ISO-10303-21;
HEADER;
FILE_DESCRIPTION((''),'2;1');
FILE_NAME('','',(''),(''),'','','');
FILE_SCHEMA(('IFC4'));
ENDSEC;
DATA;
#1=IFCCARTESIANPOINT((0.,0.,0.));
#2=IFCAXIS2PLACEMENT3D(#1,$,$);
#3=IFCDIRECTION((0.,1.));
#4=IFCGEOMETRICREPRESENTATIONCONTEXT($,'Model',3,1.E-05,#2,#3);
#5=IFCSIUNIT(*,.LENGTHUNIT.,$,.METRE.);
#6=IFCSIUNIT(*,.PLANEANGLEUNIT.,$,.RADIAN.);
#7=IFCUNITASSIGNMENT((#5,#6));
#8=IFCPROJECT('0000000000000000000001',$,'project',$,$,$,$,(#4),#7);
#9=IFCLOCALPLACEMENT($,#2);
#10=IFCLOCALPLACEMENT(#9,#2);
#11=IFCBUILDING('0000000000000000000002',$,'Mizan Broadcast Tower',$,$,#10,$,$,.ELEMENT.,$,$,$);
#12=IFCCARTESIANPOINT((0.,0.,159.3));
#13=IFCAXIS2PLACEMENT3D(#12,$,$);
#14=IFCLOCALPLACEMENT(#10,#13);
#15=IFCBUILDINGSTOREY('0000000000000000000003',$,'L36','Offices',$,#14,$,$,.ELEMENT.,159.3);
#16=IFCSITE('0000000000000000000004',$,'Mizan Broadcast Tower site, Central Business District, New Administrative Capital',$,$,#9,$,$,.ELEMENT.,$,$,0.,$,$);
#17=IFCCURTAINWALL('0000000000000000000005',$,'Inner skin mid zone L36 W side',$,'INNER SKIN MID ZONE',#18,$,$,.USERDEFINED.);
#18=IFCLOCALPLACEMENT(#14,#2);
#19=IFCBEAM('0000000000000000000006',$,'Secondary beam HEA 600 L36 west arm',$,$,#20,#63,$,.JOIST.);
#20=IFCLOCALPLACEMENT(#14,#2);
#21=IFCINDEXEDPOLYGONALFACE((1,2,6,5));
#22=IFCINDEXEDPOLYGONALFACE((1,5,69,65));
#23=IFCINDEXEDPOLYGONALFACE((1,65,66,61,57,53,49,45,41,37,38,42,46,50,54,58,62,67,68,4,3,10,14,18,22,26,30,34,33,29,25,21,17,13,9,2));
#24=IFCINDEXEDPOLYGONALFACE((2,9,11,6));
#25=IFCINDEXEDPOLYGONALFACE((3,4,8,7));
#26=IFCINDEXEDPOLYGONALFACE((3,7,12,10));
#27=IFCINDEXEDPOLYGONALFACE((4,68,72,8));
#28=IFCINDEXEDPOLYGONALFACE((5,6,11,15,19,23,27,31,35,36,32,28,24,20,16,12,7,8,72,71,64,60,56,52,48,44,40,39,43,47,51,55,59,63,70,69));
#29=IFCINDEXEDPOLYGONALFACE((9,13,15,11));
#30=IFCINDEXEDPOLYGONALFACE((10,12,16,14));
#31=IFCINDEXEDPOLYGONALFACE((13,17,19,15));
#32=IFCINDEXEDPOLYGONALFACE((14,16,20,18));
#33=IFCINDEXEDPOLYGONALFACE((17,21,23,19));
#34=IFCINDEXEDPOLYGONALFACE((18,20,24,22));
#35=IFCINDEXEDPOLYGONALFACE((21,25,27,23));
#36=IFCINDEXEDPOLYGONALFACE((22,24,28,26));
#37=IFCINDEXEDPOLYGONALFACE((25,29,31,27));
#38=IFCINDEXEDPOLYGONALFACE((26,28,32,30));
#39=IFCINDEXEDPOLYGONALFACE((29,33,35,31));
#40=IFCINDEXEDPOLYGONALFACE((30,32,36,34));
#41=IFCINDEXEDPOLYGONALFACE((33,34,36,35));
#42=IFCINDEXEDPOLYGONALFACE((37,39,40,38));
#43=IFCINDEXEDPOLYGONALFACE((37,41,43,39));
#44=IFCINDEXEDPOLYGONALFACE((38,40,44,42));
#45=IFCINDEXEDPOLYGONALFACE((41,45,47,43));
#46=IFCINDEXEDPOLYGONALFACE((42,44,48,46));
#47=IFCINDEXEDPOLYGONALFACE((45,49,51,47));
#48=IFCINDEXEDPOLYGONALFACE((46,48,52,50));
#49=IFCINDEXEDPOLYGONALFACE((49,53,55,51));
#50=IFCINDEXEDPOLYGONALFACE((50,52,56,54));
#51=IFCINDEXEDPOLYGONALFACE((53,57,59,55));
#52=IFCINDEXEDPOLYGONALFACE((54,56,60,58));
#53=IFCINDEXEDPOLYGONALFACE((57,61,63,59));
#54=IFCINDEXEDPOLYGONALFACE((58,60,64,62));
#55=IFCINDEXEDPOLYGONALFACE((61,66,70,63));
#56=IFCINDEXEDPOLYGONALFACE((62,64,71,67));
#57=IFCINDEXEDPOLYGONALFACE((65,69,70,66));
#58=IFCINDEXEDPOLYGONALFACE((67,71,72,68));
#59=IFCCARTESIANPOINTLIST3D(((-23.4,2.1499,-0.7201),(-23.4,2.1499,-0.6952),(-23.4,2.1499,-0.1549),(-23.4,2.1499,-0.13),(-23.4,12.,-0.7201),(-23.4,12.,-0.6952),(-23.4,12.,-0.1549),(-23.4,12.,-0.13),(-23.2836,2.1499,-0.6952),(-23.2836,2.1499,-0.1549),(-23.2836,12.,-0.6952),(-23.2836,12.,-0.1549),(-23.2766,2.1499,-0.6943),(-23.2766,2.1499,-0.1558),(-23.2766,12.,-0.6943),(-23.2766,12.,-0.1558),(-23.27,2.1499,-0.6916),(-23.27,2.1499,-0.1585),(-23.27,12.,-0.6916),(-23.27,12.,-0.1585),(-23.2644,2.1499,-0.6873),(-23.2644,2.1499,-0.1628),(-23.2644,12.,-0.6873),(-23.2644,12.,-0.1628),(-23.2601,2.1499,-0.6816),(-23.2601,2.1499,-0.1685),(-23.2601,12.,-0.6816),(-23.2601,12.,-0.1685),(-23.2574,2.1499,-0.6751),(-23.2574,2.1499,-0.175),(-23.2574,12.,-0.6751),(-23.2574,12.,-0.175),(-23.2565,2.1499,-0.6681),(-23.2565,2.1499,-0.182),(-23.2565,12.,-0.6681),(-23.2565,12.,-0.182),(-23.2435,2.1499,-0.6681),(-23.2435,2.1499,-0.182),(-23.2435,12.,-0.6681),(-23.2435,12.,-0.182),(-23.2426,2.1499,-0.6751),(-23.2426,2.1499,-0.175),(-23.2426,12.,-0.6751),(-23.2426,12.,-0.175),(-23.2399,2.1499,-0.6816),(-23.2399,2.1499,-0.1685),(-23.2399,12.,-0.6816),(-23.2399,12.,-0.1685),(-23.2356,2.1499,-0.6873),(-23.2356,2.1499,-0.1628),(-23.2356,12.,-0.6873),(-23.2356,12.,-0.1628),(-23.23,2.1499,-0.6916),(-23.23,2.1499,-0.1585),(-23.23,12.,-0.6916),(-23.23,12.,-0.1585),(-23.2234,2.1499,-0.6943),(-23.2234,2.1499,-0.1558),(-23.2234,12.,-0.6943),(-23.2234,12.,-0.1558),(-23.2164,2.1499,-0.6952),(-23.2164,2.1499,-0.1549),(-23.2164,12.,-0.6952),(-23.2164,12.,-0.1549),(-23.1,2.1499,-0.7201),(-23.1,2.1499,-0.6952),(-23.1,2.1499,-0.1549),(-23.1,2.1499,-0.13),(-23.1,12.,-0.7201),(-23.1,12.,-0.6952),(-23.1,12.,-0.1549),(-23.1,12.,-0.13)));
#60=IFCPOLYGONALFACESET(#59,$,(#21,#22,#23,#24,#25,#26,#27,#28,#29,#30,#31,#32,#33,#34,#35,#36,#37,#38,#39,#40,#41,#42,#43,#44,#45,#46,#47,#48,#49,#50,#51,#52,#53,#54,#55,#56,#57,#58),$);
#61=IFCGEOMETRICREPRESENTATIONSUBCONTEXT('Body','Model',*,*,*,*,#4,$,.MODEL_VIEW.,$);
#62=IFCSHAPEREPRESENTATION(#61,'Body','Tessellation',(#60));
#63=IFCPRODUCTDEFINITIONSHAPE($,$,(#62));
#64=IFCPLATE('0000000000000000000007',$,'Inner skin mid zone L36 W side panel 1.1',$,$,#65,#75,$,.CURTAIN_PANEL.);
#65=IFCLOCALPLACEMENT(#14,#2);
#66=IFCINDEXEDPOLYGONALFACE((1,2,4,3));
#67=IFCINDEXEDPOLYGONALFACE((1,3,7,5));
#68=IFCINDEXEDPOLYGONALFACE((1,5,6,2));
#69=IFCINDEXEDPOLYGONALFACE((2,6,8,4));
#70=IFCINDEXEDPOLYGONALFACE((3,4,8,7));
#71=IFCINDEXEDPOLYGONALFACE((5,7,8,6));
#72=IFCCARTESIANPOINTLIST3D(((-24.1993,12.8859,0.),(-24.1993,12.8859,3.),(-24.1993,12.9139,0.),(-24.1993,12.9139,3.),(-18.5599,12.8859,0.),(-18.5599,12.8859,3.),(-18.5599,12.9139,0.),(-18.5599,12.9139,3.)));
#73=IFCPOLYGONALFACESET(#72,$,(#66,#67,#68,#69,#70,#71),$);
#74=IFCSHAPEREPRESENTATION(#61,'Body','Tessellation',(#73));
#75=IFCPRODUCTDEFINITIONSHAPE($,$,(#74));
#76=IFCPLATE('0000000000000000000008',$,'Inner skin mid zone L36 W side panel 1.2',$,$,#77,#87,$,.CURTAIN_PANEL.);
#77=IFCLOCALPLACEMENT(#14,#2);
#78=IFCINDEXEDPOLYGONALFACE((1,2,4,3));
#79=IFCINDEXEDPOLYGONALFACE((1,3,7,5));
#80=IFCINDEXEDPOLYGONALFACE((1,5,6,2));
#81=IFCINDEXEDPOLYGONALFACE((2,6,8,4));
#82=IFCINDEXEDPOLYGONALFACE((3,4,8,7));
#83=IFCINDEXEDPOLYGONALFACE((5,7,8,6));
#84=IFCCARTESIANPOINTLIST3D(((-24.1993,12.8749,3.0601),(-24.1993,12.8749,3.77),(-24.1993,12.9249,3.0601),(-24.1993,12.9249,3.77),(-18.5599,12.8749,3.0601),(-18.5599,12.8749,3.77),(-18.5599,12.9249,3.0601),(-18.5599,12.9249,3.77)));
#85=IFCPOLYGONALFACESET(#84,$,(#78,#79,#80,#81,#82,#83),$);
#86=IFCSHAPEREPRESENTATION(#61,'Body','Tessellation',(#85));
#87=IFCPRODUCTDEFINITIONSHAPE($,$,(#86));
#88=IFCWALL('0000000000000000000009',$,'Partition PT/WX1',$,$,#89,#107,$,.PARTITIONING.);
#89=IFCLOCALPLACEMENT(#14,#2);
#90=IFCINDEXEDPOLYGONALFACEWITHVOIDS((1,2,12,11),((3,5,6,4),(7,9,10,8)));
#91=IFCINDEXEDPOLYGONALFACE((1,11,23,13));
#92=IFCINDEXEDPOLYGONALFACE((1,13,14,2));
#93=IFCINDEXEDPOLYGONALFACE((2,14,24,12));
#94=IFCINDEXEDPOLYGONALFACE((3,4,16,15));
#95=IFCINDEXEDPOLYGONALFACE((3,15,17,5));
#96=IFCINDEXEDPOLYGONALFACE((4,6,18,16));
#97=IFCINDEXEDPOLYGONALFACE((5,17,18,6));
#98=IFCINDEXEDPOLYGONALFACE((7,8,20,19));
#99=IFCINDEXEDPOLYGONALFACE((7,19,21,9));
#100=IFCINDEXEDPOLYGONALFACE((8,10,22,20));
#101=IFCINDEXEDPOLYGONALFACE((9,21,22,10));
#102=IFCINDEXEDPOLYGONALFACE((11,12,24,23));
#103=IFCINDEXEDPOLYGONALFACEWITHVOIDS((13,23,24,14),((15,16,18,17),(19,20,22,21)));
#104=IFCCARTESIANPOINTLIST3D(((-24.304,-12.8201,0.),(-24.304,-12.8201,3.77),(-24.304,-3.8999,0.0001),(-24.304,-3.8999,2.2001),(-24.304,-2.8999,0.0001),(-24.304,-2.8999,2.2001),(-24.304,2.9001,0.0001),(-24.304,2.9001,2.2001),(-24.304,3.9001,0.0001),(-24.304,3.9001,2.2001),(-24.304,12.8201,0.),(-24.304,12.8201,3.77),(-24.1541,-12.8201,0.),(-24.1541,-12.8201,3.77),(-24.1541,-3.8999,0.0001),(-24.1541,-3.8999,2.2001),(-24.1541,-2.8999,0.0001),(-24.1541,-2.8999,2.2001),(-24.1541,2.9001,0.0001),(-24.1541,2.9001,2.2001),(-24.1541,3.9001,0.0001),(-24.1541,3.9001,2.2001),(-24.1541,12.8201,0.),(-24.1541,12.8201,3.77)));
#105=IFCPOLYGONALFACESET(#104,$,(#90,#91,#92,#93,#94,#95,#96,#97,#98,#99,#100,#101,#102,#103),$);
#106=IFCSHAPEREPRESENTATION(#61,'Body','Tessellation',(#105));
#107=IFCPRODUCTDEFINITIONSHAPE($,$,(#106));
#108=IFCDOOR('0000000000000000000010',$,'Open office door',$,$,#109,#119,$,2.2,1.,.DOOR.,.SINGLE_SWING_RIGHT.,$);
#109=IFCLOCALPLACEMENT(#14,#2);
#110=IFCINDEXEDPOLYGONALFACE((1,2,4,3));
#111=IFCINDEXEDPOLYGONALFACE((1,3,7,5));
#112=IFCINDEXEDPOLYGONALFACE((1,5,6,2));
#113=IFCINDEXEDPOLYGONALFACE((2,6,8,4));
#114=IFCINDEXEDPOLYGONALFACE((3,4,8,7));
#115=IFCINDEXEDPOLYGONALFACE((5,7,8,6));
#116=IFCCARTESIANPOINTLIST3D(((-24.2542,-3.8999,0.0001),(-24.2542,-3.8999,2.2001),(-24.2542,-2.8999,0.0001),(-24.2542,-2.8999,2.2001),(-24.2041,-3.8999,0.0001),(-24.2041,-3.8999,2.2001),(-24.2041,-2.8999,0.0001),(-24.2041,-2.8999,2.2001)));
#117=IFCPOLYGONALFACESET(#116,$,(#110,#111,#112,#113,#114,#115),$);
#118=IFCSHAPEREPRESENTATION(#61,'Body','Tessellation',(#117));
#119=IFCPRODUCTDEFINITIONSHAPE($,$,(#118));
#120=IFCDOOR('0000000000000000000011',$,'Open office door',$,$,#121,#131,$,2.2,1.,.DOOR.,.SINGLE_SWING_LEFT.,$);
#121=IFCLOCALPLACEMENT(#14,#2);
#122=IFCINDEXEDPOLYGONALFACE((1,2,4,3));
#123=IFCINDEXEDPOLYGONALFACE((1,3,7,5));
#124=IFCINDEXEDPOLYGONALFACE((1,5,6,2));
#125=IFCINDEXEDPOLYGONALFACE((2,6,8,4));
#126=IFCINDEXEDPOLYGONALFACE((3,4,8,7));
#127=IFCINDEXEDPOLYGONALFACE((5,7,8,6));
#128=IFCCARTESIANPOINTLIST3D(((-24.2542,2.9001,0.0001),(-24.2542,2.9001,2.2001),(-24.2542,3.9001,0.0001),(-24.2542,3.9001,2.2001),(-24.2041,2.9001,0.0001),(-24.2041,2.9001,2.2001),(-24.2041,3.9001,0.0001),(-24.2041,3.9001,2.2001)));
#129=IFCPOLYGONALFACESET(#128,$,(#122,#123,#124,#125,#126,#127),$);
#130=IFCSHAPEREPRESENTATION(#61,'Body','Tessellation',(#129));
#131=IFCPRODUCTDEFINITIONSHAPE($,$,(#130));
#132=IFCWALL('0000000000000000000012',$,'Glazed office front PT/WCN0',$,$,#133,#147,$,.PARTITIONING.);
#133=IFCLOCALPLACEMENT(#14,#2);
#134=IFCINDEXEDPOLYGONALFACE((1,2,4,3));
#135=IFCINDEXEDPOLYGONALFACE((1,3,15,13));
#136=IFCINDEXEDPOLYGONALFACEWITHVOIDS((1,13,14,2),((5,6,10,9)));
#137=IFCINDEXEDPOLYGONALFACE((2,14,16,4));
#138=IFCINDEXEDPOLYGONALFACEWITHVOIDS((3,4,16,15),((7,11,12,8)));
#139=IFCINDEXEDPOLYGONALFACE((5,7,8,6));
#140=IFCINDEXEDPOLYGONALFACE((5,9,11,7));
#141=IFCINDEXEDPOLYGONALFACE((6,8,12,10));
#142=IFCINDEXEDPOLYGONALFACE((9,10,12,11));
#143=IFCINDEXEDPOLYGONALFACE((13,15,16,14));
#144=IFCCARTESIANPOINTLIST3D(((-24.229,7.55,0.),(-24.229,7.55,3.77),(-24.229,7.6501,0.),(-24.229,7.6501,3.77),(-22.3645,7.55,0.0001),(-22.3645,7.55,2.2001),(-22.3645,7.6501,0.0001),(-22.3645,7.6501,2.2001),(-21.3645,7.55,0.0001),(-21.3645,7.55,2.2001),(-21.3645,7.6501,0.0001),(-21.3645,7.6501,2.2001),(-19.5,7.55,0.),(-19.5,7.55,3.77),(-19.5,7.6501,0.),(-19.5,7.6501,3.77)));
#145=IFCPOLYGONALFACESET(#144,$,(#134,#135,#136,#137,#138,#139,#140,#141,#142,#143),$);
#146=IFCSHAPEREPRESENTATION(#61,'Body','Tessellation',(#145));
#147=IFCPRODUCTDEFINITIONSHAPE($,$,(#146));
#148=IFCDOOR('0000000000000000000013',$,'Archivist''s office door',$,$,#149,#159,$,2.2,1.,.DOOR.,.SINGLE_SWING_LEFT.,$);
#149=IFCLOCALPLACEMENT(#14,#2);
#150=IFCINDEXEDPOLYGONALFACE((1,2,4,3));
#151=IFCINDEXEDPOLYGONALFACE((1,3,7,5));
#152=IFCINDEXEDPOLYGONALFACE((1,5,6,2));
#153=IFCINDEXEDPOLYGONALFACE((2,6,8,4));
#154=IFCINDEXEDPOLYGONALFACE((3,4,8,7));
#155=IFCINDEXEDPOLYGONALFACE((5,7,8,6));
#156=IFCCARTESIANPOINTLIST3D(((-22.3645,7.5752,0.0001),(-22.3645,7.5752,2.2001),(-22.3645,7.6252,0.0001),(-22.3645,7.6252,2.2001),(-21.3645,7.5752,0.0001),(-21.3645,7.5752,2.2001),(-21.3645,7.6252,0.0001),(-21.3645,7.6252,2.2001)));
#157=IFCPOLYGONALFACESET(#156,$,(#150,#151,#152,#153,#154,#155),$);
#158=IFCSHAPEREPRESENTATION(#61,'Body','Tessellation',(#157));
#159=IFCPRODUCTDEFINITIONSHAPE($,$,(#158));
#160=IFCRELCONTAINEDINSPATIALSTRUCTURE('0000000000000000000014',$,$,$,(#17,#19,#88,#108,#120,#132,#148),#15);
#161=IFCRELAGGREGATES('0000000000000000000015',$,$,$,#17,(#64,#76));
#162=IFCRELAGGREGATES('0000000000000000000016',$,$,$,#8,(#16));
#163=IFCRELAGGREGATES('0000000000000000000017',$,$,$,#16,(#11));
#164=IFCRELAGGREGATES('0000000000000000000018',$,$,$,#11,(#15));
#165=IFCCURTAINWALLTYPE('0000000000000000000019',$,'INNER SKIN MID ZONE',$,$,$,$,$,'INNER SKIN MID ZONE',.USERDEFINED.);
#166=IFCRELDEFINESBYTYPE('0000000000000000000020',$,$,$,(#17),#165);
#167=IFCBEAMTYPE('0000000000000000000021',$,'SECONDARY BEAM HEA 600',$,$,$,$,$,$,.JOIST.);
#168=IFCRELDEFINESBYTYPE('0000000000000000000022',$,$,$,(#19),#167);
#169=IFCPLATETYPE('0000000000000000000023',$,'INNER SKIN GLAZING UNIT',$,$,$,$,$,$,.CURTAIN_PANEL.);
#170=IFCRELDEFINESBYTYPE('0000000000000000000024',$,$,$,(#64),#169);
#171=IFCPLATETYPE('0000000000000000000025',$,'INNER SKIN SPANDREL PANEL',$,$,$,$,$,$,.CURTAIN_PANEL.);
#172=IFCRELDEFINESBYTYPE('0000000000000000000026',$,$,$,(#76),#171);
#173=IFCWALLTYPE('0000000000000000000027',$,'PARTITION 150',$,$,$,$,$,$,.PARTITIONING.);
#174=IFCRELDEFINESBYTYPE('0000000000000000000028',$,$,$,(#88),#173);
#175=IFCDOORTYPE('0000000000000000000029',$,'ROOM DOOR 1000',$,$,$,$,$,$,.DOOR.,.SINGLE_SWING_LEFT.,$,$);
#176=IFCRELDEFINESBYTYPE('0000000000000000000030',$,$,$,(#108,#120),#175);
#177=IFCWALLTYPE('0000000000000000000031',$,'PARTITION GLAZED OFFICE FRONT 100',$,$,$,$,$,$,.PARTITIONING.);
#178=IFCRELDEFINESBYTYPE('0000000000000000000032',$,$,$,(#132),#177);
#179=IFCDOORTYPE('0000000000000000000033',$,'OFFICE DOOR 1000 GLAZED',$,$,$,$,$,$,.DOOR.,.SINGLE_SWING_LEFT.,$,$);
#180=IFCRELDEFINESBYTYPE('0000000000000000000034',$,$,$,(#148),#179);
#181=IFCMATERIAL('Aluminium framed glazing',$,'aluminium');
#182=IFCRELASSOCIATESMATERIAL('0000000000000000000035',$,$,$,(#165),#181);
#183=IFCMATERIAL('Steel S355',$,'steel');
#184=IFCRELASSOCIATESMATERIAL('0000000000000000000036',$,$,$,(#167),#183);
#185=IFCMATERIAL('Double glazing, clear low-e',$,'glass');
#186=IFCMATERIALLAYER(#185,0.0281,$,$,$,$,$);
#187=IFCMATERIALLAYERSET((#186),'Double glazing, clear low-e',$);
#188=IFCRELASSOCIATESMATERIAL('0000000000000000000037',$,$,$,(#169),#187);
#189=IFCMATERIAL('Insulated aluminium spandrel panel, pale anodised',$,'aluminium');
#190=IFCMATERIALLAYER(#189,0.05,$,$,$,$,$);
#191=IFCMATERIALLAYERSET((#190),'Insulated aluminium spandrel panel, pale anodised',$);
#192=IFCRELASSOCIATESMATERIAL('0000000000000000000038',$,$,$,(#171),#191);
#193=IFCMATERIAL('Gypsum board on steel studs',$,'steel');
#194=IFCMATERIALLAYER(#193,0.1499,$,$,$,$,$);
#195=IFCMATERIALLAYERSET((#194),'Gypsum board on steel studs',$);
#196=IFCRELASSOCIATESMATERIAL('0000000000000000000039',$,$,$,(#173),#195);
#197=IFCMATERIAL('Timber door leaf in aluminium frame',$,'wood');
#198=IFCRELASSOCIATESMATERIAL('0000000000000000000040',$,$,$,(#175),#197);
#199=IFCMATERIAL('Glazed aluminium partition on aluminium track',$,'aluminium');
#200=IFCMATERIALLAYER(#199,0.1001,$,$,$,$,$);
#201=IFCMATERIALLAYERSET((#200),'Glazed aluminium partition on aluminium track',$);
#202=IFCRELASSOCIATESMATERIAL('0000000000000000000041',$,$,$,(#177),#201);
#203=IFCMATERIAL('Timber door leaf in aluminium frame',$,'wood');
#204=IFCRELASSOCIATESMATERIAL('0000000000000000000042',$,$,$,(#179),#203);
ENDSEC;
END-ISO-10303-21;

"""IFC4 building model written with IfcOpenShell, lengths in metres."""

from ifc_helpers import new_model, si_unit, direction, frame, frame_2d, origin, origin_2d, place, context, subcontext, project, spatial, rectangle, i_section, extrude, material, layer, layer_set, material_profile, profile_set, type_object, element, fill, aggregate, save


model = new_model("IFC4")

# Units and contexts
model_context = context("Model", 3, precision=1e-05, world=origin(), true_north=direction((0.0, 1.0)))
body_context = subcontext(model_context, "Body", "Model", "MODEL_VIEW")
ifc_project = project(units=[si_unit("LENGTHUNIT", "METRE"), si_unit("PLANEANGLEUNIT", "RADIAN")], contexts=[model_context])

# Site, building, storey
site_placement = place(None, origin())
site = spatial("IfcSite", under=ifc_project, at=site_placement, Name="Mizan Broadcast Tower site, Central Business District, New Administrative Capital", CompositionType="ELEMENT", RefElevation=0.0)
building_placement = place(site_placement, origin())
building = spatial("IfcBuilding", under=site, at=building_placement, Name="Mizan Broadcast Tower", CompositionType="ELEMENT")
storey_placement = place(building_placement, frame((0.0, 0.0, 159.3)))
storey = spatial("IfcBuildingStorey", under=building, at=storey_placement, Name="L36", Description="Offices", CompositionType="ELEMENT", Elevation=159.3)

# Curtain wall
ifc_material_1 = material(Name="Aluminium framed glazing", Category="aluminium")
curtain_wall_type = type_object("IfcCurtainWallType", Name="INNER SKIN MID ZONE", ElementType="INNER SKIN MID ZONE", PredefinedType="USERDEFINED", material=ifc_material_1)
curtain_wall_placement = place(storey_placement, origin())
curtain_wall = element("IfcCurtainWall", 1, at=curtain_wall_placement, inside=storey, type_object=curtain_wall_type, Name="Inner skin mid zone L36 W side", ObjectType="INNER SKIN MID ZONE", PredefinedType="USERDEFINED")

# Beam
ifc_material_2 = material(Name="Steel S355", Category="steel")
ifc_material_profile_1 = material_profile(ifc_material_2, i_section(OverallWidth=0.3, OverallDepth=0.5901, WebThickness=0.0129, FlangeThickness=0.0249, FilletRadius=0.0271, at=origin_2d()), Name="HEA 600")
ifc_profile_set_1 = profile_set([ifc_material_profile_1], Name="Steel S355")
beam_type_1 = type_object("IfcBeamType", Name="SECONDARY BEAM HEA 600", PredefinedType="JOIST", material=ifc_profile_set_1)
for number, where, z_axis, x_axis, name in (
    (2, (-23.25, 12.0, -0.425), (0.0, -1.0, 0.0), (1.0, 0.0, 0.0), "Secondary beam HEA 600 L36 west arm"),
):
    element("IfcBeam", number, at=place(storey_placement, frame(where, z_axis=z_axis, x_axis=x_axis)), inside=storey, type_object=beam_type_1, Name=name, PredefinedType="JOIST", context=body_context, shape_type="SweptSolid", body=[
        extrude(i_section(OverallWidth=0.3, OverallDepth=0.5901, WebThickness=0.0129, FlangeThickness=0.0249, FilletRadius=0.0271, at=origin_2d()), origin(), (0.0, 0.0, 1.0), 9.8501),
    ])

# Plates
ifc_material_3 = material(Name="Double glazing, clear low-e", Category="glass")
ifc_layer_1 = layer(ifc_material_3, 0.0281)
ifc_layer_set_1 = layer_set([ifc_layer_1], Name="Double glazing, clear low-e")
plate_type_1 = type_object("IfcPlateType", Name="INNER SKIN GLAZING UNIT", PredefinedType="CURTAIN_PANEL", material=ifc_layer_set_1)
plate_1_placement = place(storey_placement, frame((-21.3796, 12.8999, 0.0), z_axis=(0.0, 0.0, 1.0), x_axis=(-1.0, 0.0, 0.0)))
plate_1 = element("IfcPlate", 3, at=plate_1_placement, type_object=plate_type_1, Name="Inner skin mid zone L36 W side panel 1.1", PredefinedType="CURTAIN_PANEL", context=body_context, shape_type="SweptSolid", body=[
    extrude(rectangle(XDim=5.6394, YDim=0.0281, at=origin_2d()), origin(), (0.0, 0.0, 1.0), 3.0),
])
ifc_material_4 = material(Name="Insulated aluminium spandrel panel, pale anodised", Category="aluminium")
ifc_layer_2 = layer(ifc_material_4, 0.05)
ifc_layer_set_2 = layer_set([ifc_layer_2], Name="Insulated aluminium spandrel panel, pale anodised")
plate_type_2 = type_object("IfcPlateType", Name="INNER SKIN SPANDREL PANEL", PredefinedType="CURTAIN_PANEL", material=ifc_layer_set_2)
plate_2_placement = place(storey_placement, frame((-21.3796, 12.8999, 3.0601), z_axis=(0.0, 0.0, 1.0), x_axis=(-1.0, 0.0, 0.0)))
plate_2 = element("IfcPlate", 4, at=plate_2_placement, type_object=plate_type_2, Name="Inner skin mid zone L36 W side panel 1.2", PredefinedType="CURTAIN_PANEL", context=body_context, shape_type="SweptSolid", body=[
    extrude(rectangle(XDim=5.6394, YDim=0.05, at=origin_2d()), origin(), (0.0, 0.0, 1.0), 0.71),
])
aggregate(curtain_wall, [plate_1, plate_2])

# Wall, openings, doors
ifc_material_5 = material(Name="Gypsum board on steel studs", Category="steel")
ifc_layer_3 = layer(ifc_material_5, 0.1499)
ifc_layer_set_3 = layer_set([ifc_layer_3], Name="Gypsum board on steel studs")
wall_type_1 = type_object("IfcWallType", Name="PARTITION 150", PredefinedType="PARTITIONING", material=ifc_layer_set_3)
wall_1_placement = place(storey_placement, frame((-24.229, 12.8201, 0.0), z_axis=(0.0, 0.0, 1.0), x_axis=(0.0, -1.0, 0.0)))
wall_1 = element("IfcWall", 5, at=wall_1_placement, inside=storey, type_object=wall_type_1, Name="Partition PT/WX1", PredefinedType="PARTITIONING", context=body_context, shape_type="SweptSolid", body=[
    extrude(rectangle(XDim=25.6401, YDim=0.1499, at=frame_2d((12.8201, 0.0))), origin(), (0.0, 0.0, 1.0), 3.77),
])
opening_1_placement = place(wall_1_placement, frame((15.72, 0.0, 0.0)))
opening_1 = element("IfcOpeningElement", 6, at=opening_1_placement, cuts=wall_1, PredefinedType="OPENING", context=body_context, shape_type="SweptSolid", body=[
    extrude(rectangle(XDim=1.0, YDim=2.2, at=frame_2d((0.5, 1.1001))), frame((0.0, 0.085, 0.0), z_axis=(0.0, -1.0, 0.0), x_axis=(1.0, 0.0, 0.0)), (0.0, 0.0, 1.0), 0.1699),
])
opening_2_placement = place(wall_1_placement, frame((8.9199, 0.0, 0.0)))
opening_2 = element("IfcOpeningElement", 7, at=opening_2_placement, cuts=wall_1, PredefinedType="OPENING", context=body_context, shape_type="SweptSolid", body=[
    extrude(rectangle(XDim=1.0, YDim=2.2, at=frame_2d((0.5, 1.1001))), frame((0.0, 0.085, 0.0), z_axis=(0.0, -1.0, 0.0), x_axis=(1.0, 0.0, 0.0)), (0.0, 0.0, 1.0), 0.1699),
])
ifc_material_6 = material(Name="Timber door leaf in aluminium frame", Category="wood")
door_type_1 = type_object("IfcDoorType", Name="ROOM DOOR 1000", OperationType="SINGLE_SWING_LEFT", PredefinedType="DOOR", material=ifc_material_6)
door_1_placement = place(opening_1_placement, origin())
door_1 = element("IfcDoor", 8, at=door_1_placement, inside=storey, type_object=door_type_1, Name="Open office door", OperationType="SINGLE_SWING_RIGHT", OverallHeight=2.2, OverallWidth=1.0, PredefinedType="DOOR", context=body_context, shape_type="SweptSolid", body=[
    extrude(rectangle(XDim=1.0, YDim=2.2, at=frame_2d((0.5, 1.1001))), frame((0.0, 0.0249, 0.0), z_axis=(0.0, -1.0, 0.0), x_axis=(1.0, 0.0, 0.0)), (0.0, 0.0, 1.0), 0.05),
])
fill(opening_1, door_1)
door_2_placement = place(opening_2_placement, origin())
door_2 = element("IfcDoor", 9, at=door_2_placement, inside=storey, type_object=door_type_1, Name="Open office door", OperationType="SINGLE_SWING_LEFT", OverallHeight=2.2, OverallWidth=1.0, PredefinedType="DOOR", context=body_context, shape_type="SweptSolid", body=[
    extrude(rectangle(XDim=1.0, YDim=2.2, at=frame_2d((0.5, 1.1001))), frame((0.0, 0.0249, 0.0), z_axis=(0.0, -1.0, 0.0), x_axis=(1.0, 0.0, 0.0)), (0.0, 0.0, 1.0), 0.05),
])
fill(opening_2, door_2)

# Wall, opening, door
ifc_material_7 = material(Name="Glazed aluminium partition on aluminium track", Category="aluminium")
ifc_layer_4 = layer(ifc_material_7, 0.1001)
ifc_layer_set_4 = layer_set([ifc_layer_4], Name="Glazed aluminium partition on aluminium track")
wall_type_2 = type_object("IfcWallType", Name="PARTITION GLAZED OFFICE FRONT 100", PredefinedType="PARTITIONING", material=ifc_layer_set_4)
wall_2_placement = place(storey_placement, frame((-19.5, 7.6001, 0.0), z_axis=(0.0, 0.0, 1.0), x_axis=(-1.0, 0.0, 0.0)))
wall_2 = element("IfcWall", 10, at=wall_2_placement, inside=storey, type_object=wall_type_2, Name="Glazed office front PT/WCN0", PredefinedType="PARTITIONING", context=body_context, shape_type="SweptSolid", body=[
    extrude(rectangle(XDim=4.729, YDim=0.1001, at=frame_2d((2.3645, 0.0))), origin(), (0.0, 0.0, 1.0), 3.77),
])
opening_3_placement = place(wall_2_placement, frame((1.8645, 0.0, 0.0)))
opening_3 = element("IfcOpeningElement", 11, at=opening_3_placement, cuts=wall_2, PredefinedType="OPENING", context=body_context, shape_type="SweptSolid", body=[
    extrude(rectangle(XDim=1.0, YDim=2.2, at=frame_2d((0.5, 1.1001))), frame((0.0, 0.0601, 0.0), z_axis=(0.0, -1.0, 0.0), x_axis=(1.0, 0.0, 0.0)), (0.0, 0.0, 1.0), 0.1201),
])
ifc_material_8 = material(Name="Timber door leaf in aluminium frame", Category="wood")
door_type_2 = type_object("IfcDoorType", Name="OFFICE DOOR 1000 GLAZED", OperationType="SINGLE_SWING_LEFT", PredefinedType="DOOR", material=ifc_material_8)
door_3_placement = place(opening_3_placement, origin())
door_3 = element("IfcDoor", 12, at=door_3_placement, inside=storey, type_object=door_type_2, Name="Archivist's office door", OperationType="SINGLE_SWING_LEFT", OverallHeight=2.2, OverallWidth=1.0, PredefinedType="DOOR", context=body_context, shape_type="SweptSolid", body=[
    extrude(rectangle(XDim=1.0, YDim=2.2, at=frame_2d((0.5, 1.1001))), frame((0.0, 0.0249, 0.0), z_axis=(0.0, -1.0, 0.0), x_axis=(1.0, 0.0, 0.0)), (0.0, 0.0, 1.0), 0.05),
])
fill(opening_3, door_3)

save(model, "model.ifc")
